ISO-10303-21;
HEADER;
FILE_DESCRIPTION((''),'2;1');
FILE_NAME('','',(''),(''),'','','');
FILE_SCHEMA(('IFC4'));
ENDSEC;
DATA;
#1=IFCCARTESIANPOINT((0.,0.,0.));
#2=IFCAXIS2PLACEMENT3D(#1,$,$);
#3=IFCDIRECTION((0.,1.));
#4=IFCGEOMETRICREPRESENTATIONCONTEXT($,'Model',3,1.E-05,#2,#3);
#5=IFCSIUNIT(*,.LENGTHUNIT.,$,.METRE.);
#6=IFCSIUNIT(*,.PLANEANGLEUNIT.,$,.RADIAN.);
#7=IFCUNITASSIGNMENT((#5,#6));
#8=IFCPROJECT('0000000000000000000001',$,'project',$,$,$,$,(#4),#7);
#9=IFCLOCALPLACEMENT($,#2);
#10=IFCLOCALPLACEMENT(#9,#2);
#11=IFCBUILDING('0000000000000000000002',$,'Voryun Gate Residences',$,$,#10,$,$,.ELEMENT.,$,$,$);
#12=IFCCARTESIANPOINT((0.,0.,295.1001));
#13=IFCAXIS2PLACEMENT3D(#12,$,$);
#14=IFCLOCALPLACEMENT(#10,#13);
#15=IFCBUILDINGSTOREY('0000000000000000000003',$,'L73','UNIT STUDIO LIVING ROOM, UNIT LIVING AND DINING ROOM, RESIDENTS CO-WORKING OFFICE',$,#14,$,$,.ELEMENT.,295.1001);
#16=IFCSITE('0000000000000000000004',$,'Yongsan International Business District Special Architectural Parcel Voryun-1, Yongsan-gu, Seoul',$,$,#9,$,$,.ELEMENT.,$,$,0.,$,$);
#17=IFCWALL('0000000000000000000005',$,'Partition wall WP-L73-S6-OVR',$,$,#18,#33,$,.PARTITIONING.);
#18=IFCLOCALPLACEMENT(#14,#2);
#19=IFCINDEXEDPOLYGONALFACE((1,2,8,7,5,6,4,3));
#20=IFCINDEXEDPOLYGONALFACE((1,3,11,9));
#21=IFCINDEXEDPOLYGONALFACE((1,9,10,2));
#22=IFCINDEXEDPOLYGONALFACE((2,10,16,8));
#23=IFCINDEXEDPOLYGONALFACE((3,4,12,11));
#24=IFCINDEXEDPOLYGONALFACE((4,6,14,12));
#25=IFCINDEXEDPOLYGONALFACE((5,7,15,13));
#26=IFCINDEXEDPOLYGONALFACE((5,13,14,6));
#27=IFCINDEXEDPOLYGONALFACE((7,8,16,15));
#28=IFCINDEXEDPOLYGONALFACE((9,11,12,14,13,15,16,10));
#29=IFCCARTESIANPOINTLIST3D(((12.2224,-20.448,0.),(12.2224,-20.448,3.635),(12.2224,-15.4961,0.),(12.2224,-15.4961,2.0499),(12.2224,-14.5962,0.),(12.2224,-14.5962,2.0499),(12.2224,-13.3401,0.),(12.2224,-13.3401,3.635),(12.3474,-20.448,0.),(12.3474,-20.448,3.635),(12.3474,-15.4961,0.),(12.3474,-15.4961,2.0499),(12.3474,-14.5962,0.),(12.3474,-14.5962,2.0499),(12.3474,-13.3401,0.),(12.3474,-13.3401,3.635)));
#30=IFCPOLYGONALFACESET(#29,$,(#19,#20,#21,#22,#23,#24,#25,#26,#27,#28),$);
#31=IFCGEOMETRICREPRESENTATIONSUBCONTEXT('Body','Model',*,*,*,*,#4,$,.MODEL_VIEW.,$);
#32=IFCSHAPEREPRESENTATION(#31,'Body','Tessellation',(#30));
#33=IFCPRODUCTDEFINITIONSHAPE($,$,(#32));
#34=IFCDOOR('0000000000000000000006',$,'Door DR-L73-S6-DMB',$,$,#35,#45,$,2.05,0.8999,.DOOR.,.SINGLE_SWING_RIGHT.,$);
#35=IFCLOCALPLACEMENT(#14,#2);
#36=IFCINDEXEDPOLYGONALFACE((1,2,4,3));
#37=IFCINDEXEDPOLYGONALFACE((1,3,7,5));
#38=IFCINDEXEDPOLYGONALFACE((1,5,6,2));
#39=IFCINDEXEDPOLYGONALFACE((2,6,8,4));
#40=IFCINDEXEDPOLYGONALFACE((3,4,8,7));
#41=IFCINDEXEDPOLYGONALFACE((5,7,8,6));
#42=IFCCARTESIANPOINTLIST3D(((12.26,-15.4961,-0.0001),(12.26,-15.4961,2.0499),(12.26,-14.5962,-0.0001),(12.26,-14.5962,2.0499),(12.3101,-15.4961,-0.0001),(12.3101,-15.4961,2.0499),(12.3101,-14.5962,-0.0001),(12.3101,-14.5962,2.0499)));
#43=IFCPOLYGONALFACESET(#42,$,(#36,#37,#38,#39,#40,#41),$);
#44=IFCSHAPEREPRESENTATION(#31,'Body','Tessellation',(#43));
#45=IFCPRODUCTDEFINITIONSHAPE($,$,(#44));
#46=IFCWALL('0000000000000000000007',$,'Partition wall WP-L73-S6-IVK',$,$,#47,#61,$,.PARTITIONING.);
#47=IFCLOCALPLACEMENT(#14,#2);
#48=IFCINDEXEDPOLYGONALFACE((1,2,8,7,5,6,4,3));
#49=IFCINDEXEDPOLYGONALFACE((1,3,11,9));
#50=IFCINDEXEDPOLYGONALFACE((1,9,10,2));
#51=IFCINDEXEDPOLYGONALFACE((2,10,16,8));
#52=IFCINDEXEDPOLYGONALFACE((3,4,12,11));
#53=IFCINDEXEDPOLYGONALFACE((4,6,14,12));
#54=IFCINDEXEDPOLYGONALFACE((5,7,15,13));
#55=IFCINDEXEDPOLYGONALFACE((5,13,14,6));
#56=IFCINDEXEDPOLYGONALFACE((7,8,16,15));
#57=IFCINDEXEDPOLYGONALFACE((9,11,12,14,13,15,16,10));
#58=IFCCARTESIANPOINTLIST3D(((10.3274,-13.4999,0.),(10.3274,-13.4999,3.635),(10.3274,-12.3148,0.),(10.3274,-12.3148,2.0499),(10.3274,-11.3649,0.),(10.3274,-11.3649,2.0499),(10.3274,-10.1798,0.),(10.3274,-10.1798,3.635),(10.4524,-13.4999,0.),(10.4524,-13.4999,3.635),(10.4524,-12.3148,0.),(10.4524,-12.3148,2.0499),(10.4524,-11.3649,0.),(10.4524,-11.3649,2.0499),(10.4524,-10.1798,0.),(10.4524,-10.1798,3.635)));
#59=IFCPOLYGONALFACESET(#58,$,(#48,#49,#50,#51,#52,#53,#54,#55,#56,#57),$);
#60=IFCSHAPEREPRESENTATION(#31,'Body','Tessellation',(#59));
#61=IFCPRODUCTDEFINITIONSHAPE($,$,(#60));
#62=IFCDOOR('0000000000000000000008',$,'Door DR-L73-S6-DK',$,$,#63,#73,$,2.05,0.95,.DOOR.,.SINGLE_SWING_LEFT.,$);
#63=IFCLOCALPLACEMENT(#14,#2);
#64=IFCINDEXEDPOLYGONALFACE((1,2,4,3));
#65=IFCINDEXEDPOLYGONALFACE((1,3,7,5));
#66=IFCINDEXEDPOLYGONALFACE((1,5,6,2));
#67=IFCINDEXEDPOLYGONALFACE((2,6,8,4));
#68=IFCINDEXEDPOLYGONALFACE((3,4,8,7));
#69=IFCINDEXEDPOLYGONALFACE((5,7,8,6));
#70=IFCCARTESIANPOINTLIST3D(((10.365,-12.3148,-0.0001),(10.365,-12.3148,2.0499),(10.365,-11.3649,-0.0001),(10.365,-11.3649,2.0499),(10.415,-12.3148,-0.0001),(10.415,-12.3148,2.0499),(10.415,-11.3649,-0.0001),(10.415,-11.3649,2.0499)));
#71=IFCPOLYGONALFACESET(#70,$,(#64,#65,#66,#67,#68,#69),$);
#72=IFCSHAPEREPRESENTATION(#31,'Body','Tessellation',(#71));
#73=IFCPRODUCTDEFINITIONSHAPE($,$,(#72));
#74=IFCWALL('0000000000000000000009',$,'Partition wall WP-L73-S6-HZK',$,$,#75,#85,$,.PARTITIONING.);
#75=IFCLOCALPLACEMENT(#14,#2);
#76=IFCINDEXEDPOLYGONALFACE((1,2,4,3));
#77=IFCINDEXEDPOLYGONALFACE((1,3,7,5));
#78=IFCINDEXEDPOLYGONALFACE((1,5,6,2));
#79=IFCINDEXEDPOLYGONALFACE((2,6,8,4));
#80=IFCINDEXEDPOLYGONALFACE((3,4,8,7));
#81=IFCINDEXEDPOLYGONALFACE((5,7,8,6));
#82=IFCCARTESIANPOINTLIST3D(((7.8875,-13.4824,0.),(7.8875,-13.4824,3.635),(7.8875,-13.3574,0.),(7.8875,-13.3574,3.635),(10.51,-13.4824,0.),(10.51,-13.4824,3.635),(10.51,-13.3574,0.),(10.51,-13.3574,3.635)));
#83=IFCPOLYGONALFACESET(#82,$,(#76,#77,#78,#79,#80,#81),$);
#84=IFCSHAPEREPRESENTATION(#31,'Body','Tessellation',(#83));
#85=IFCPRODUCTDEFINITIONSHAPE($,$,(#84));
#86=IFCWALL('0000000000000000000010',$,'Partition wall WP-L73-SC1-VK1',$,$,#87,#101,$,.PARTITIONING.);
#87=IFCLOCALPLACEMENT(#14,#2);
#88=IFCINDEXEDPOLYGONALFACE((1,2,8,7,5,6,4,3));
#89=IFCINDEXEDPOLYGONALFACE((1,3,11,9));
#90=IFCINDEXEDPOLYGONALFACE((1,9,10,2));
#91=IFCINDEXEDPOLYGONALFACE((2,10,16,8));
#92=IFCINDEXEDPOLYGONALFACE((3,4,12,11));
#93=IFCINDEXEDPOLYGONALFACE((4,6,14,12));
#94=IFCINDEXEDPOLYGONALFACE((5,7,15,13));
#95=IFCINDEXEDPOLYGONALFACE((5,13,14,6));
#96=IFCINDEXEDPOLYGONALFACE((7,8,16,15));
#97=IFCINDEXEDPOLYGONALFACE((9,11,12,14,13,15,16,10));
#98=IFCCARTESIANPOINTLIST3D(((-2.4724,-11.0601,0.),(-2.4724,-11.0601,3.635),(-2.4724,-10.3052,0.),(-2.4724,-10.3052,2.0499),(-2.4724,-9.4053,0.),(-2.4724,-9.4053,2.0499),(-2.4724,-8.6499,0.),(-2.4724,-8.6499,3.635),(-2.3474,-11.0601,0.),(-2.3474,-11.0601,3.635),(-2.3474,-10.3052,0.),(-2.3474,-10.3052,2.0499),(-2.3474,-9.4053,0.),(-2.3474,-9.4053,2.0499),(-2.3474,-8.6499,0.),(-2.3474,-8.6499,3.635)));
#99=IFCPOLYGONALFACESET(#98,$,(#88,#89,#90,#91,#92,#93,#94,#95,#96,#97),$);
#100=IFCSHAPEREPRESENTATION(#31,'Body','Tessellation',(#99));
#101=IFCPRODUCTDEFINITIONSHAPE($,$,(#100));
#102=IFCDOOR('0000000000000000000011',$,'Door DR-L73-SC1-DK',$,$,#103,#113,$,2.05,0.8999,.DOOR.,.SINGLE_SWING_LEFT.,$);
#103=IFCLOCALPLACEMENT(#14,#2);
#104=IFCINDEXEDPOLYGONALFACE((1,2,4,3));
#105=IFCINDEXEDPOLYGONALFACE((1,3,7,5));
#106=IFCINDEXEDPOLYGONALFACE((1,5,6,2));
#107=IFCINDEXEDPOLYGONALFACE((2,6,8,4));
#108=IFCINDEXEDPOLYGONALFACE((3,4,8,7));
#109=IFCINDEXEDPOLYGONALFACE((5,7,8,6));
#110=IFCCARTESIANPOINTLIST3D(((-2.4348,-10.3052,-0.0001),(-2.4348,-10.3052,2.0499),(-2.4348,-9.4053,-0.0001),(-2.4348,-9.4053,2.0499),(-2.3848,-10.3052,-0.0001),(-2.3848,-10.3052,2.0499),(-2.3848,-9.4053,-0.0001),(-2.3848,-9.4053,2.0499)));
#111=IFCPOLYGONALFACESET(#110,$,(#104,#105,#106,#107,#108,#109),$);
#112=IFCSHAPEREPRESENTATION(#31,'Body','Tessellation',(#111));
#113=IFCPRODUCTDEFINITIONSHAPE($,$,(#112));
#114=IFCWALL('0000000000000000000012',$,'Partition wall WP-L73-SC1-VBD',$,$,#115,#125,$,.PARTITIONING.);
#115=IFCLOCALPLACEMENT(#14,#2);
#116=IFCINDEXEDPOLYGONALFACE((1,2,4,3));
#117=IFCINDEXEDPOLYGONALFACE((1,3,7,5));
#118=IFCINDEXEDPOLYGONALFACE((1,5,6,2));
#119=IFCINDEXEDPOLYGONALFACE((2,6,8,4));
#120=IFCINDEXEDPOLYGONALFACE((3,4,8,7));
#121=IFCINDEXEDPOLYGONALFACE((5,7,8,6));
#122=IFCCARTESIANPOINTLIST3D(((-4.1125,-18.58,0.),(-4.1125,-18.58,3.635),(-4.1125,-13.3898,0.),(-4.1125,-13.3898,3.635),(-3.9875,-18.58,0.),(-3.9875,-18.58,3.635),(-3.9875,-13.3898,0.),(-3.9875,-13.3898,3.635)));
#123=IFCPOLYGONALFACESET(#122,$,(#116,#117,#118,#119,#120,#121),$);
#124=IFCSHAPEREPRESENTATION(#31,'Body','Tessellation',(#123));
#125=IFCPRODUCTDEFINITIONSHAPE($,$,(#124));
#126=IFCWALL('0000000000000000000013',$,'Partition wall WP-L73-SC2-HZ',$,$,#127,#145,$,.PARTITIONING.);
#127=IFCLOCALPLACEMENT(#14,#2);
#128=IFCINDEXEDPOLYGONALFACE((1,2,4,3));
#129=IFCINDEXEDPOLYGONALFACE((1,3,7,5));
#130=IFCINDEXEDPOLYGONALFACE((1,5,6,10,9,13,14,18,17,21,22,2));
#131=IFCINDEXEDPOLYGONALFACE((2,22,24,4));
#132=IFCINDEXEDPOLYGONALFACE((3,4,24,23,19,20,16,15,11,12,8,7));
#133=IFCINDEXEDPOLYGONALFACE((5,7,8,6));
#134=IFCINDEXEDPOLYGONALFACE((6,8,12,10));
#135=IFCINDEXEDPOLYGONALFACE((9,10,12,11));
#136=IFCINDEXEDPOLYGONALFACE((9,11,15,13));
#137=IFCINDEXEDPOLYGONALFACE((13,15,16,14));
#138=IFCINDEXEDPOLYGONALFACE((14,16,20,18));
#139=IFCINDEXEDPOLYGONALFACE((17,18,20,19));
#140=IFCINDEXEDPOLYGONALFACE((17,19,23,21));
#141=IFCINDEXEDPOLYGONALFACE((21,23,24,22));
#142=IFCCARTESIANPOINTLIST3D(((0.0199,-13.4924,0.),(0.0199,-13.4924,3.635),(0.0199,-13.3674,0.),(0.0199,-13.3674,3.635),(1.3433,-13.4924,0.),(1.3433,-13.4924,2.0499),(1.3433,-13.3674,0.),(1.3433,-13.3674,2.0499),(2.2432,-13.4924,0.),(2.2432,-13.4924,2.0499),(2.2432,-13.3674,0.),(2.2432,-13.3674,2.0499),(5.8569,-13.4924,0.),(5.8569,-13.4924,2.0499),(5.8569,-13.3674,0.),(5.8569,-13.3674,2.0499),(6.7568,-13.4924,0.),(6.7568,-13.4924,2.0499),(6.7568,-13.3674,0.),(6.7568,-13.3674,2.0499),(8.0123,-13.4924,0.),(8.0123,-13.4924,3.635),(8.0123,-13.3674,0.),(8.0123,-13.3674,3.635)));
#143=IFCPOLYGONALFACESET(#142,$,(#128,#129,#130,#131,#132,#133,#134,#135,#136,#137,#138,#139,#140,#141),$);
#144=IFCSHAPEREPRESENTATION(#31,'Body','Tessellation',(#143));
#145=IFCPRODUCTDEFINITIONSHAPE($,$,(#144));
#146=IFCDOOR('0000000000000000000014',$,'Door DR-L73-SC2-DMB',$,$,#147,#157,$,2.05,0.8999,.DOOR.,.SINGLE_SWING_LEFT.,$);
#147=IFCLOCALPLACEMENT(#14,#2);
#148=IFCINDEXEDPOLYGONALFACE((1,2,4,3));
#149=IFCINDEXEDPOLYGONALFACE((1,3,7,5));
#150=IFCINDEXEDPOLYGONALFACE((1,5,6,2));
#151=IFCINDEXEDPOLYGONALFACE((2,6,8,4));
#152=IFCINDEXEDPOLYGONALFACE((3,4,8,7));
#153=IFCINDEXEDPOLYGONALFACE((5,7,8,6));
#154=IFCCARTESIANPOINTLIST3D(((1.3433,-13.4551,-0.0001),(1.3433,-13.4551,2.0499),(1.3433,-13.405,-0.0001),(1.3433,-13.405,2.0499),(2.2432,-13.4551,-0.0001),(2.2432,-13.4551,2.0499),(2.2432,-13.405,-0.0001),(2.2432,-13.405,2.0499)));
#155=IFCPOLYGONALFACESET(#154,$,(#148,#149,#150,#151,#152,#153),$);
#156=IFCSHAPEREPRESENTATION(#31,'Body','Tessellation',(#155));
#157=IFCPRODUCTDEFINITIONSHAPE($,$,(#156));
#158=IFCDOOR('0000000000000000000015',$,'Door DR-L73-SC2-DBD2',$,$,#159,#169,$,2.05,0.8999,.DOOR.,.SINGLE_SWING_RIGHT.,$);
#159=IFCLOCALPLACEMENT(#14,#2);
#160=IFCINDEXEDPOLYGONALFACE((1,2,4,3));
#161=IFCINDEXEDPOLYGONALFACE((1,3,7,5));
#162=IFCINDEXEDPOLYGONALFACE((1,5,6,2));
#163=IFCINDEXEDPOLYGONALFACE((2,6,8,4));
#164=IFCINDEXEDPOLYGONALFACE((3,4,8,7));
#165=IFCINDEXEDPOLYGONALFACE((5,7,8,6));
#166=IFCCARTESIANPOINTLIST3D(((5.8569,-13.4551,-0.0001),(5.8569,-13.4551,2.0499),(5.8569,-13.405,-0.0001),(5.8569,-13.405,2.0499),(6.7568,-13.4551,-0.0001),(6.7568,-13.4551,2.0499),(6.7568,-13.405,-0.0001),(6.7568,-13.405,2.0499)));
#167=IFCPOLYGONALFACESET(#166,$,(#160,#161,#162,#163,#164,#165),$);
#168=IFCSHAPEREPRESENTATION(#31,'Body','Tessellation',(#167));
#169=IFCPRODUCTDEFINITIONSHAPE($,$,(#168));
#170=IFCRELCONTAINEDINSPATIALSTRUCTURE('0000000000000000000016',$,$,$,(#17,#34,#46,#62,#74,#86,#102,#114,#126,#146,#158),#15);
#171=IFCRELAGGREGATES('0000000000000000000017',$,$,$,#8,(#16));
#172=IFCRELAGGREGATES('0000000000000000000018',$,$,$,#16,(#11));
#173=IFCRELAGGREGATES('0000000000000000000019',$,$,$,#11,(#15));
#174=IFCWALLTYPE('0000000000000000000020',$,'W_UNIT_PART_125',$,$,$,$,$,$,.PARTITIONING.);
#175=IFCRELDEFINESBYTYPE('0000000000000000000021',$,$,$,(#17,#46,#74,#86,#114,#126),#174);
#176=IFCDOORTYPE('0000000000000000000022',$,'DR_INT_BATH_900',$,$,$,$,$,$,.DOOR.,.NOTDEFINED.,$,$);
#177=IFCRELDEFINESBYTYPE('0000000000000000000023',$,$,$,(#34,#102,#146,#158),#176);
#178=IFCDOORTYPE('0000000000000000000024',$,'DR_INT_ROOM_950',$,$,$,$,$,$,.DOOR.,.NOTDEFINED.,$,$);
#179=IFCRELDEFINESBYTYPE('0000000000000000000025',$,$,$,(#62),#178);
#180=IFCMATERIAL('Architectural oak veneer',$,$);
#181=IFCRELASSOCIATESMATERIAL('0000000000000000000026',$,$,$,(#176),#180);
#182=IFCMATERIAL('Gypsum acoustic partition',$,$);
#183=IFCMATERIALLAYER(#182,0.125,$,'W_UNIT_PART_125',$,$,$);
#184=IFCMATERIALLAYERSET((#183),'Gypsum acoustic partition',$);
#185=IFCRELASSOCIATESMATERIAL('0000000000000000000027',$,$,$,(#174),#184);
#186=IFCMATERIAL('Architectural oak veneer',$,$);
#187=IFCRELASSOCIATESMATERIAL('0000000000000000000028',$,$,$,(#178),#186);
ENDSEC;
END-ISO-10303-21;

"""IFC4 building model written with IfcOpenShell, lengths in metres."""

from ifc_helpers import new_model, si_unit, direction, frame, frame_2d, origin, place, context, subcontext, project, spatial, rectangle, extrude, material, layer, layer_set, type_object, element, fill, save


model = new_model("IFC4")

# Units and contexts
model_context = context("Model", 3, precision=1e-05, world=origin(), true_north=direction((0.0, 1.0)))
body_context = subcontext(model_context, "Body", "Model", "MODEL_VIEW")
ifc_project = project(units=[si_unit("LENGTHUNIT", "METRE"), si_unit("PLANEANGLEUNIT", "RADIAN")], contexts=[model_context])

# Site, building, storey
site_placement = place(None, origin())
site = spatial("IfcSite", under=ifc_project, at=site_placement, Name="Yongsan International Business District Special Architectural Parcel Voryun-1, Yongsan-gu, Seoul", CompositionType="ELEMENT", RefElevation=0.0)
building_placement = place(site_placement, origin())
building = spatial("IfcBuilding", under=site, at=building_placement, Name="Voryun Gate Residences", CompositionType="ELEMENT")
storey_placement = place(building_placement, frame((0.0, 0.0, 295.1001)))
storey = spatial("IfcBuildingStorey", under=building, at=storey_placement, Name="L73", Description="UNIT STUDIO LIVING ROOM, UNIT LIVING AND DINING ROOM, RESIDENTS CO-WORKING OFFICE", CompositionType="ELEMENT", Elevation=295.1001)

# Shared definitions
ifc_material_1 = material(Name="Architectural oak veneer")
door_type_1 = type_object("IfcDoorType", Name="DR_INT_BATH_900", OperationType="NOTDEFINED", PredefinedType="DOOR", material=ifc_material_1)

# Walls, openings, doors
ifc_material_2 = material(Name="Gypsum acoustic partition")
ifc_layer_1 = layer(ifc_material_2, 0.125, Name="W_UNIT_PART_125")
ifc_layer_set_1 = layer_set([ifc_layer_1], Name="Gypsum acoustic partition")
wall_type_1 = type_object("IfcWallType", Name="W_UNIT_PART_125", PredefinedType="PARTITIONING", material=ifc_layer_set_1)
wall_1_placement = place(storey_placement, frame((12.2849, -20.448, 0.0), z_axis=(0.0, 0.0, 1.0), x_axis=(0.0, 1.0, 0.0)))
wall_1 = element("IfcWall", 1, at=wall_1_placement, inside=storey, type_object=wall_type_1, Name="Partition wall WP-L73-S6-OVR", PredefinedType="PARTITIONING", context=body_context, shape_type="SweptSolid", body=[
    extrude(rectangle(XDim=7.1079, YDim=0.125, at=frame_2d((3.554, 0.0))), origin(), (0.0, 0.0, 1.0), 3.635),
])
opening_1_placement = place(wall_1_placement, frame((4.9519, 0.0, 0.0)))
opening_1 = element("IfcOpeningElement", 2, at=opening_1_placement, cuts=wall_1, PredefinedType="OPENING", context=body_context, shape_type="SweptSolid", body=[
    extrude(rectangle(XDim=0.8999, YDim=2.05, at=frame_2d((0.45, 1.0249))), frame((0.0, 0.0725, 0.0), z_axis=(0.0, -1.0, 0.0), x_axis=(1.0, 0.0, 0.0)), (0.0, 0.0, 1.0), 0.145),
])
door_1_placement = place(opening_1_placement, origin())
door_1 = element("IfcDoor", 3, at=door_1_placement, inside=storey, type_object=door_type_1, Name="Door DR-L73-S6-DMB", OperationType="SINGLE_SWING_RIGHT", OverallHeight=2.05, OverallWidth=0.8999, PredefinedType="DOOR", context=body_context, shape_type="SweptSolid", body=[
    extrude(rectangle(XDim=0.8999, YDim=2.05, at=frame_2d((0.45, 1.0249))), frame((0.0, 0.0249, 0.0), z_axis=(0.0, -1.0, 0.0), x_axis=(1.0, 0.0, 0.0)), (0.0, 0.0, 1.0), 0.05),
])
fill(opening_1, door_1)
wall_2_placement = place(storey_placement, frame((10.3899, -13.5, 0.0), z_axis=(0.0, 0.0, 1.0), x_axis=(0.0, 1.0, 0.0)))
wall_2 = element("IfcWall", 4, at=wall_2_placement, inside=storey, type_object=wall_type_1, Name="Partition wall WP-L73-S6-IVK", PredefinedType="PARTITIONING", context=body_context, shape_type="SweptSolid", body=[
    extrude(rectangle(XDim=3.3201, YDim=0.125, at=frame_2d((1.6602, 0.0))), origin(), (0.0, 0.0, 1.0), 3.635),
])
opening_2_placement = place(wall_2_placement, frame((1.1851, 0.0, 0.0)))
opening_2 = element("IfcOpeningElement", 5, at=opening_2_placement, cuts=wall_2, PredefinedType="OPENING", context=body_context, shape_type="SweptSolid", body=[
    extrude(rectangle(XDim=0.95, YDim=2.05, at=frame_2d((0.4751, 1.0249))), frame((0.0, 0.0725, 0.0), z_axis=(0.0, -1.0, 0.0), x_axis=(1.0, 0.0, 0.0)), (0.0, 0.0, 1.0), 0.145),
])
ifc_material_3 = material(Name="Architectural oak veneer")
door_type_2 = type_object("IfcDoorType", Name="DR_INT_ROOM_950", OperationType="NOTDEFINED", PredefinedType="DOOR", material=ifc_material_3)
door_2_placement = place(opening_2_placement, origin())
door_2 = element("IfcDoor", 6, at=door_2_placement, inside=storey, type_object=door_type_2, Name="Door DR-L73-S6-DK", OperationType="SINGLE_SWING_LEFT", OverallHeight=2.05, OverallWidth=0.95, PredefinedType="DOOR", context=body_context, shape_type="SweptSolid", body=[
    extrude(rectangle(XDim=0.95, YDim=2.05, at=frame_2d((0.4751, 1.0249))), frame((0.0, 0.0249, 0.0), z_axis=(0.0, -1.0, 0.0), x_axis=(1.0, 0.0, 0.0)), (0.0, 0.0, 1.0), 0.05),
])
fill(opening_2, door_2)

# Wall
wall_3_placement = place(storey_placement, frame((7.8875, -13.4199, 0.0), z_axis=(0.0, 0.0, 1.0), x_axis=(1.0, 0.0, 0.0)))
element("IfcWall", 7, at=wall_3_placement, inside=storey, type_object=wall_type_1, Name="Partition wall WP-L73-S6-HZK", PredefinedType="PARTITIONING", context=body_context, shape_type="SweptSolid", body=[
    extrude(rectangle(XDim=2.6226, YDim=0.125, at=frame_2d((1.3113, 0.0))), origin(), (0.0, 0.0, 1.0), 3.635),
])

# Wall, opening, door
wall_4_placement = place(storey_placement, frame((-2.4099, -11.0601, 0.0), z_axis=(0.0, 0.0, 1.0), x_axis=(0.0, 1.0, 0.0)))
wall_4 = element("IfcWall", 8, at=wall_4_placement, inside=storey, type_object=wall_type_1, Name="Partition wall WP-L73-SC1-VK1", PredefinedType="PARTITIONING", context=body_context, shape_type="SweptSolid", body=[
    extrude(rectangle(XDim=2.4102, YDim=0.125, at=frame_2d((1.2051, 0.0))), origin(), (0.0, 0.0, 1.0), 3.635),
])
opening_3_placement = place(wall_4_placement, frame((0.7549, 0.0, 0.0)))
opening_3 = element("IfcOpeningElement", 9, at=opening_3_placement, cuts=wall_4, PredefinedType="OPENING", context=body_context, shape_type="SweptSolid", body=[
    extrude(rectangle(XDim=0.8999, YDim=2.05, at=frame_2d((0.45, 1.0249))), frame((0.0, 0.0725, 0.0), z_axis=(0.0, -1.0, 0.0), x_axis=(1.0, 0.0, 0.0)), (0.0, 0.0, 1.0), 0.145),
])
door_3_placement = place(opening_3_placement, origin())
door_3 = element("IfcDoor", 10, at=door_3_placement, inside=storey, type_object=door_type_1, Name="Door DR-L73-SC1-DK", OperationType="SINGLE_SWING_LEFT", OverallHeight=2.05, OverallWidth=0.8999, PredefinedType="DOOR", context=body_context, shape_type="SweptSolid", body=[
    extrude(rectangle(XDim=0.8999, YDim=2.05, at=frame_2d((0.45, 1.0249))), frame((0.0, 0.0249, 0.0), z_axis=(0.0, -1.0, 0.0), x_axis=(1.0, 0.0, 0.0)), (0.0, 0.0, 1.0), 0.05),
])
fill(opening_3, door_3)

# Wall
wall_5_placement = place(storey_placement, frame((-4.05, -18.5801, 0.0), z_axis=(0.0, 0.0, 1.0), x_axis=(0.0, 1.0, 0.0)))
element("IfcWall", 11, at=wall_5_placement, inside=storey, type_object=wall_type_1, Name="Partition wall WP-L73-SC1-VBD", PredefinedType="PARTITIONING", context=body_context, shape_type="SweptSolid", body=[
    extrude(rectangle(XDim=5.1902, YDim=0.125, at=frame_2d((2.5952, 0.0))), origin(), (0.0, 0.0, 1.0), 3.635),
])

# Wall, openings, doors
wall_6_placement = place(storey_placement, frame((0.02, -13.4299, 0.0), z_axis=(0.0, 0.0, 1.0), x_axis=(1.0, 0.0, 0.0)))
wall_6 = element("IfcWall", 12, at=wall_6_placement, inside=storey, type_object=wall_type_1, Name="Partition wall WP-L73-SC2-HZ", PredefinedType="PARTITIONING", context=body_context, shape_type="SweptSolid", body=[
    extrude(rectangle(XDim=7.9924, YDim=0.125, at=frame_2d((3.9961, 0.0))), origin(), (0.0, 0.0, 1.0), 3.635),
])
opening_4_placement = place(wall_6_placement, frame((1.3232, 0.0, 0.0)))
opening_4 = element("IfcOpeningElement", 13, at=opening_4_placement, cuts=wall_6, PredefinedType="OPENING", context=body_context, shape_type="SweptSolid", body=[
    extrude(rectangle(XDim=0.8999, YDim=2.05, at=frame_2d((0.45, 1.0249))), frame((0.0, 0.0725, 0.0), z_axis=(0.0, -1.0, 0.0), x_axis=(1.0, 0.0, 0.0)), (0.0, 0.0, 1.0), 0.145),
])
opening_5_placement = place(wall_6_placement, frame((5.8369, 0.0, 0.0)))
opening_5 = element("IfcOpeningElement", 14, at=opening_5_placement, cuts=wall_6, PredefinedType="OPENING", context=body_context, shape_type="SweptSolid", body=[
    extrude(rectangle(XDim=0.8999, YDim=2.05, at=frame_2d((0.45, 1.0249))), frame((0.0, 0.0725, 0.0), z_axis=(0.0, -1.0, 0.0), x_axis=(1.0, 0.0, 0.0)), (0.0, 0.0, 1.0), 0.145),
])
door_4_placement = place(opening_4_placement, origin())
door_4 = element("IfcDoor", 15, at=door_4_placement, inside=storey, type_object=door_type_1, Name="Door DR-L73-SC2-DMB", OperationType="SINGLE_SWING_LEFT", OverallHeight=2.05, OverallWidth=0.8999, PredefinedType="DOOR", context=body_context, shape_type="SweptSolid", body=[
    extrude(rectangle(XDim=0.8999, YDim=2.05, at=frame_2d((0.45, 1.0249))), frame((0.0, 0.0249, 0.0), z_axis=(0.0, -1.0, 0.0), x_axis=(1.0, 0.0, 0.0)), (0.0, 0.0, 1.0), 0.05),
])
fill(opening_4, door_4)
door_5_placement = place(opening_5_placement, origin())
door_5 = element("IfcDoor", 16, at=door_5_placement, inside=storey, type_object=door_type_1, Name="Door DR-L73-SC2-DBD2", OperationType="SINGLE_SWING_RIGHT", OverallHeight=2.05, OverallWidth=0.8999, PredefinedType="DOOR", context=body_context, shape_type="SweptSolid", body=[
    extrude(rectangle(XDim=0.8999, YDim=2.05, at=frame_2d((0.45, 1.0249))), frame((0.0, 0.0249, 0.0), z_axis=(0.0, -1.0, 0.0), x_axis=(1.0, 0.0, 0.0)), (0.0, 0.0, 1.0), 0.05),
])
fill(opening_5, door_5)

save(model, "model.ifc")
